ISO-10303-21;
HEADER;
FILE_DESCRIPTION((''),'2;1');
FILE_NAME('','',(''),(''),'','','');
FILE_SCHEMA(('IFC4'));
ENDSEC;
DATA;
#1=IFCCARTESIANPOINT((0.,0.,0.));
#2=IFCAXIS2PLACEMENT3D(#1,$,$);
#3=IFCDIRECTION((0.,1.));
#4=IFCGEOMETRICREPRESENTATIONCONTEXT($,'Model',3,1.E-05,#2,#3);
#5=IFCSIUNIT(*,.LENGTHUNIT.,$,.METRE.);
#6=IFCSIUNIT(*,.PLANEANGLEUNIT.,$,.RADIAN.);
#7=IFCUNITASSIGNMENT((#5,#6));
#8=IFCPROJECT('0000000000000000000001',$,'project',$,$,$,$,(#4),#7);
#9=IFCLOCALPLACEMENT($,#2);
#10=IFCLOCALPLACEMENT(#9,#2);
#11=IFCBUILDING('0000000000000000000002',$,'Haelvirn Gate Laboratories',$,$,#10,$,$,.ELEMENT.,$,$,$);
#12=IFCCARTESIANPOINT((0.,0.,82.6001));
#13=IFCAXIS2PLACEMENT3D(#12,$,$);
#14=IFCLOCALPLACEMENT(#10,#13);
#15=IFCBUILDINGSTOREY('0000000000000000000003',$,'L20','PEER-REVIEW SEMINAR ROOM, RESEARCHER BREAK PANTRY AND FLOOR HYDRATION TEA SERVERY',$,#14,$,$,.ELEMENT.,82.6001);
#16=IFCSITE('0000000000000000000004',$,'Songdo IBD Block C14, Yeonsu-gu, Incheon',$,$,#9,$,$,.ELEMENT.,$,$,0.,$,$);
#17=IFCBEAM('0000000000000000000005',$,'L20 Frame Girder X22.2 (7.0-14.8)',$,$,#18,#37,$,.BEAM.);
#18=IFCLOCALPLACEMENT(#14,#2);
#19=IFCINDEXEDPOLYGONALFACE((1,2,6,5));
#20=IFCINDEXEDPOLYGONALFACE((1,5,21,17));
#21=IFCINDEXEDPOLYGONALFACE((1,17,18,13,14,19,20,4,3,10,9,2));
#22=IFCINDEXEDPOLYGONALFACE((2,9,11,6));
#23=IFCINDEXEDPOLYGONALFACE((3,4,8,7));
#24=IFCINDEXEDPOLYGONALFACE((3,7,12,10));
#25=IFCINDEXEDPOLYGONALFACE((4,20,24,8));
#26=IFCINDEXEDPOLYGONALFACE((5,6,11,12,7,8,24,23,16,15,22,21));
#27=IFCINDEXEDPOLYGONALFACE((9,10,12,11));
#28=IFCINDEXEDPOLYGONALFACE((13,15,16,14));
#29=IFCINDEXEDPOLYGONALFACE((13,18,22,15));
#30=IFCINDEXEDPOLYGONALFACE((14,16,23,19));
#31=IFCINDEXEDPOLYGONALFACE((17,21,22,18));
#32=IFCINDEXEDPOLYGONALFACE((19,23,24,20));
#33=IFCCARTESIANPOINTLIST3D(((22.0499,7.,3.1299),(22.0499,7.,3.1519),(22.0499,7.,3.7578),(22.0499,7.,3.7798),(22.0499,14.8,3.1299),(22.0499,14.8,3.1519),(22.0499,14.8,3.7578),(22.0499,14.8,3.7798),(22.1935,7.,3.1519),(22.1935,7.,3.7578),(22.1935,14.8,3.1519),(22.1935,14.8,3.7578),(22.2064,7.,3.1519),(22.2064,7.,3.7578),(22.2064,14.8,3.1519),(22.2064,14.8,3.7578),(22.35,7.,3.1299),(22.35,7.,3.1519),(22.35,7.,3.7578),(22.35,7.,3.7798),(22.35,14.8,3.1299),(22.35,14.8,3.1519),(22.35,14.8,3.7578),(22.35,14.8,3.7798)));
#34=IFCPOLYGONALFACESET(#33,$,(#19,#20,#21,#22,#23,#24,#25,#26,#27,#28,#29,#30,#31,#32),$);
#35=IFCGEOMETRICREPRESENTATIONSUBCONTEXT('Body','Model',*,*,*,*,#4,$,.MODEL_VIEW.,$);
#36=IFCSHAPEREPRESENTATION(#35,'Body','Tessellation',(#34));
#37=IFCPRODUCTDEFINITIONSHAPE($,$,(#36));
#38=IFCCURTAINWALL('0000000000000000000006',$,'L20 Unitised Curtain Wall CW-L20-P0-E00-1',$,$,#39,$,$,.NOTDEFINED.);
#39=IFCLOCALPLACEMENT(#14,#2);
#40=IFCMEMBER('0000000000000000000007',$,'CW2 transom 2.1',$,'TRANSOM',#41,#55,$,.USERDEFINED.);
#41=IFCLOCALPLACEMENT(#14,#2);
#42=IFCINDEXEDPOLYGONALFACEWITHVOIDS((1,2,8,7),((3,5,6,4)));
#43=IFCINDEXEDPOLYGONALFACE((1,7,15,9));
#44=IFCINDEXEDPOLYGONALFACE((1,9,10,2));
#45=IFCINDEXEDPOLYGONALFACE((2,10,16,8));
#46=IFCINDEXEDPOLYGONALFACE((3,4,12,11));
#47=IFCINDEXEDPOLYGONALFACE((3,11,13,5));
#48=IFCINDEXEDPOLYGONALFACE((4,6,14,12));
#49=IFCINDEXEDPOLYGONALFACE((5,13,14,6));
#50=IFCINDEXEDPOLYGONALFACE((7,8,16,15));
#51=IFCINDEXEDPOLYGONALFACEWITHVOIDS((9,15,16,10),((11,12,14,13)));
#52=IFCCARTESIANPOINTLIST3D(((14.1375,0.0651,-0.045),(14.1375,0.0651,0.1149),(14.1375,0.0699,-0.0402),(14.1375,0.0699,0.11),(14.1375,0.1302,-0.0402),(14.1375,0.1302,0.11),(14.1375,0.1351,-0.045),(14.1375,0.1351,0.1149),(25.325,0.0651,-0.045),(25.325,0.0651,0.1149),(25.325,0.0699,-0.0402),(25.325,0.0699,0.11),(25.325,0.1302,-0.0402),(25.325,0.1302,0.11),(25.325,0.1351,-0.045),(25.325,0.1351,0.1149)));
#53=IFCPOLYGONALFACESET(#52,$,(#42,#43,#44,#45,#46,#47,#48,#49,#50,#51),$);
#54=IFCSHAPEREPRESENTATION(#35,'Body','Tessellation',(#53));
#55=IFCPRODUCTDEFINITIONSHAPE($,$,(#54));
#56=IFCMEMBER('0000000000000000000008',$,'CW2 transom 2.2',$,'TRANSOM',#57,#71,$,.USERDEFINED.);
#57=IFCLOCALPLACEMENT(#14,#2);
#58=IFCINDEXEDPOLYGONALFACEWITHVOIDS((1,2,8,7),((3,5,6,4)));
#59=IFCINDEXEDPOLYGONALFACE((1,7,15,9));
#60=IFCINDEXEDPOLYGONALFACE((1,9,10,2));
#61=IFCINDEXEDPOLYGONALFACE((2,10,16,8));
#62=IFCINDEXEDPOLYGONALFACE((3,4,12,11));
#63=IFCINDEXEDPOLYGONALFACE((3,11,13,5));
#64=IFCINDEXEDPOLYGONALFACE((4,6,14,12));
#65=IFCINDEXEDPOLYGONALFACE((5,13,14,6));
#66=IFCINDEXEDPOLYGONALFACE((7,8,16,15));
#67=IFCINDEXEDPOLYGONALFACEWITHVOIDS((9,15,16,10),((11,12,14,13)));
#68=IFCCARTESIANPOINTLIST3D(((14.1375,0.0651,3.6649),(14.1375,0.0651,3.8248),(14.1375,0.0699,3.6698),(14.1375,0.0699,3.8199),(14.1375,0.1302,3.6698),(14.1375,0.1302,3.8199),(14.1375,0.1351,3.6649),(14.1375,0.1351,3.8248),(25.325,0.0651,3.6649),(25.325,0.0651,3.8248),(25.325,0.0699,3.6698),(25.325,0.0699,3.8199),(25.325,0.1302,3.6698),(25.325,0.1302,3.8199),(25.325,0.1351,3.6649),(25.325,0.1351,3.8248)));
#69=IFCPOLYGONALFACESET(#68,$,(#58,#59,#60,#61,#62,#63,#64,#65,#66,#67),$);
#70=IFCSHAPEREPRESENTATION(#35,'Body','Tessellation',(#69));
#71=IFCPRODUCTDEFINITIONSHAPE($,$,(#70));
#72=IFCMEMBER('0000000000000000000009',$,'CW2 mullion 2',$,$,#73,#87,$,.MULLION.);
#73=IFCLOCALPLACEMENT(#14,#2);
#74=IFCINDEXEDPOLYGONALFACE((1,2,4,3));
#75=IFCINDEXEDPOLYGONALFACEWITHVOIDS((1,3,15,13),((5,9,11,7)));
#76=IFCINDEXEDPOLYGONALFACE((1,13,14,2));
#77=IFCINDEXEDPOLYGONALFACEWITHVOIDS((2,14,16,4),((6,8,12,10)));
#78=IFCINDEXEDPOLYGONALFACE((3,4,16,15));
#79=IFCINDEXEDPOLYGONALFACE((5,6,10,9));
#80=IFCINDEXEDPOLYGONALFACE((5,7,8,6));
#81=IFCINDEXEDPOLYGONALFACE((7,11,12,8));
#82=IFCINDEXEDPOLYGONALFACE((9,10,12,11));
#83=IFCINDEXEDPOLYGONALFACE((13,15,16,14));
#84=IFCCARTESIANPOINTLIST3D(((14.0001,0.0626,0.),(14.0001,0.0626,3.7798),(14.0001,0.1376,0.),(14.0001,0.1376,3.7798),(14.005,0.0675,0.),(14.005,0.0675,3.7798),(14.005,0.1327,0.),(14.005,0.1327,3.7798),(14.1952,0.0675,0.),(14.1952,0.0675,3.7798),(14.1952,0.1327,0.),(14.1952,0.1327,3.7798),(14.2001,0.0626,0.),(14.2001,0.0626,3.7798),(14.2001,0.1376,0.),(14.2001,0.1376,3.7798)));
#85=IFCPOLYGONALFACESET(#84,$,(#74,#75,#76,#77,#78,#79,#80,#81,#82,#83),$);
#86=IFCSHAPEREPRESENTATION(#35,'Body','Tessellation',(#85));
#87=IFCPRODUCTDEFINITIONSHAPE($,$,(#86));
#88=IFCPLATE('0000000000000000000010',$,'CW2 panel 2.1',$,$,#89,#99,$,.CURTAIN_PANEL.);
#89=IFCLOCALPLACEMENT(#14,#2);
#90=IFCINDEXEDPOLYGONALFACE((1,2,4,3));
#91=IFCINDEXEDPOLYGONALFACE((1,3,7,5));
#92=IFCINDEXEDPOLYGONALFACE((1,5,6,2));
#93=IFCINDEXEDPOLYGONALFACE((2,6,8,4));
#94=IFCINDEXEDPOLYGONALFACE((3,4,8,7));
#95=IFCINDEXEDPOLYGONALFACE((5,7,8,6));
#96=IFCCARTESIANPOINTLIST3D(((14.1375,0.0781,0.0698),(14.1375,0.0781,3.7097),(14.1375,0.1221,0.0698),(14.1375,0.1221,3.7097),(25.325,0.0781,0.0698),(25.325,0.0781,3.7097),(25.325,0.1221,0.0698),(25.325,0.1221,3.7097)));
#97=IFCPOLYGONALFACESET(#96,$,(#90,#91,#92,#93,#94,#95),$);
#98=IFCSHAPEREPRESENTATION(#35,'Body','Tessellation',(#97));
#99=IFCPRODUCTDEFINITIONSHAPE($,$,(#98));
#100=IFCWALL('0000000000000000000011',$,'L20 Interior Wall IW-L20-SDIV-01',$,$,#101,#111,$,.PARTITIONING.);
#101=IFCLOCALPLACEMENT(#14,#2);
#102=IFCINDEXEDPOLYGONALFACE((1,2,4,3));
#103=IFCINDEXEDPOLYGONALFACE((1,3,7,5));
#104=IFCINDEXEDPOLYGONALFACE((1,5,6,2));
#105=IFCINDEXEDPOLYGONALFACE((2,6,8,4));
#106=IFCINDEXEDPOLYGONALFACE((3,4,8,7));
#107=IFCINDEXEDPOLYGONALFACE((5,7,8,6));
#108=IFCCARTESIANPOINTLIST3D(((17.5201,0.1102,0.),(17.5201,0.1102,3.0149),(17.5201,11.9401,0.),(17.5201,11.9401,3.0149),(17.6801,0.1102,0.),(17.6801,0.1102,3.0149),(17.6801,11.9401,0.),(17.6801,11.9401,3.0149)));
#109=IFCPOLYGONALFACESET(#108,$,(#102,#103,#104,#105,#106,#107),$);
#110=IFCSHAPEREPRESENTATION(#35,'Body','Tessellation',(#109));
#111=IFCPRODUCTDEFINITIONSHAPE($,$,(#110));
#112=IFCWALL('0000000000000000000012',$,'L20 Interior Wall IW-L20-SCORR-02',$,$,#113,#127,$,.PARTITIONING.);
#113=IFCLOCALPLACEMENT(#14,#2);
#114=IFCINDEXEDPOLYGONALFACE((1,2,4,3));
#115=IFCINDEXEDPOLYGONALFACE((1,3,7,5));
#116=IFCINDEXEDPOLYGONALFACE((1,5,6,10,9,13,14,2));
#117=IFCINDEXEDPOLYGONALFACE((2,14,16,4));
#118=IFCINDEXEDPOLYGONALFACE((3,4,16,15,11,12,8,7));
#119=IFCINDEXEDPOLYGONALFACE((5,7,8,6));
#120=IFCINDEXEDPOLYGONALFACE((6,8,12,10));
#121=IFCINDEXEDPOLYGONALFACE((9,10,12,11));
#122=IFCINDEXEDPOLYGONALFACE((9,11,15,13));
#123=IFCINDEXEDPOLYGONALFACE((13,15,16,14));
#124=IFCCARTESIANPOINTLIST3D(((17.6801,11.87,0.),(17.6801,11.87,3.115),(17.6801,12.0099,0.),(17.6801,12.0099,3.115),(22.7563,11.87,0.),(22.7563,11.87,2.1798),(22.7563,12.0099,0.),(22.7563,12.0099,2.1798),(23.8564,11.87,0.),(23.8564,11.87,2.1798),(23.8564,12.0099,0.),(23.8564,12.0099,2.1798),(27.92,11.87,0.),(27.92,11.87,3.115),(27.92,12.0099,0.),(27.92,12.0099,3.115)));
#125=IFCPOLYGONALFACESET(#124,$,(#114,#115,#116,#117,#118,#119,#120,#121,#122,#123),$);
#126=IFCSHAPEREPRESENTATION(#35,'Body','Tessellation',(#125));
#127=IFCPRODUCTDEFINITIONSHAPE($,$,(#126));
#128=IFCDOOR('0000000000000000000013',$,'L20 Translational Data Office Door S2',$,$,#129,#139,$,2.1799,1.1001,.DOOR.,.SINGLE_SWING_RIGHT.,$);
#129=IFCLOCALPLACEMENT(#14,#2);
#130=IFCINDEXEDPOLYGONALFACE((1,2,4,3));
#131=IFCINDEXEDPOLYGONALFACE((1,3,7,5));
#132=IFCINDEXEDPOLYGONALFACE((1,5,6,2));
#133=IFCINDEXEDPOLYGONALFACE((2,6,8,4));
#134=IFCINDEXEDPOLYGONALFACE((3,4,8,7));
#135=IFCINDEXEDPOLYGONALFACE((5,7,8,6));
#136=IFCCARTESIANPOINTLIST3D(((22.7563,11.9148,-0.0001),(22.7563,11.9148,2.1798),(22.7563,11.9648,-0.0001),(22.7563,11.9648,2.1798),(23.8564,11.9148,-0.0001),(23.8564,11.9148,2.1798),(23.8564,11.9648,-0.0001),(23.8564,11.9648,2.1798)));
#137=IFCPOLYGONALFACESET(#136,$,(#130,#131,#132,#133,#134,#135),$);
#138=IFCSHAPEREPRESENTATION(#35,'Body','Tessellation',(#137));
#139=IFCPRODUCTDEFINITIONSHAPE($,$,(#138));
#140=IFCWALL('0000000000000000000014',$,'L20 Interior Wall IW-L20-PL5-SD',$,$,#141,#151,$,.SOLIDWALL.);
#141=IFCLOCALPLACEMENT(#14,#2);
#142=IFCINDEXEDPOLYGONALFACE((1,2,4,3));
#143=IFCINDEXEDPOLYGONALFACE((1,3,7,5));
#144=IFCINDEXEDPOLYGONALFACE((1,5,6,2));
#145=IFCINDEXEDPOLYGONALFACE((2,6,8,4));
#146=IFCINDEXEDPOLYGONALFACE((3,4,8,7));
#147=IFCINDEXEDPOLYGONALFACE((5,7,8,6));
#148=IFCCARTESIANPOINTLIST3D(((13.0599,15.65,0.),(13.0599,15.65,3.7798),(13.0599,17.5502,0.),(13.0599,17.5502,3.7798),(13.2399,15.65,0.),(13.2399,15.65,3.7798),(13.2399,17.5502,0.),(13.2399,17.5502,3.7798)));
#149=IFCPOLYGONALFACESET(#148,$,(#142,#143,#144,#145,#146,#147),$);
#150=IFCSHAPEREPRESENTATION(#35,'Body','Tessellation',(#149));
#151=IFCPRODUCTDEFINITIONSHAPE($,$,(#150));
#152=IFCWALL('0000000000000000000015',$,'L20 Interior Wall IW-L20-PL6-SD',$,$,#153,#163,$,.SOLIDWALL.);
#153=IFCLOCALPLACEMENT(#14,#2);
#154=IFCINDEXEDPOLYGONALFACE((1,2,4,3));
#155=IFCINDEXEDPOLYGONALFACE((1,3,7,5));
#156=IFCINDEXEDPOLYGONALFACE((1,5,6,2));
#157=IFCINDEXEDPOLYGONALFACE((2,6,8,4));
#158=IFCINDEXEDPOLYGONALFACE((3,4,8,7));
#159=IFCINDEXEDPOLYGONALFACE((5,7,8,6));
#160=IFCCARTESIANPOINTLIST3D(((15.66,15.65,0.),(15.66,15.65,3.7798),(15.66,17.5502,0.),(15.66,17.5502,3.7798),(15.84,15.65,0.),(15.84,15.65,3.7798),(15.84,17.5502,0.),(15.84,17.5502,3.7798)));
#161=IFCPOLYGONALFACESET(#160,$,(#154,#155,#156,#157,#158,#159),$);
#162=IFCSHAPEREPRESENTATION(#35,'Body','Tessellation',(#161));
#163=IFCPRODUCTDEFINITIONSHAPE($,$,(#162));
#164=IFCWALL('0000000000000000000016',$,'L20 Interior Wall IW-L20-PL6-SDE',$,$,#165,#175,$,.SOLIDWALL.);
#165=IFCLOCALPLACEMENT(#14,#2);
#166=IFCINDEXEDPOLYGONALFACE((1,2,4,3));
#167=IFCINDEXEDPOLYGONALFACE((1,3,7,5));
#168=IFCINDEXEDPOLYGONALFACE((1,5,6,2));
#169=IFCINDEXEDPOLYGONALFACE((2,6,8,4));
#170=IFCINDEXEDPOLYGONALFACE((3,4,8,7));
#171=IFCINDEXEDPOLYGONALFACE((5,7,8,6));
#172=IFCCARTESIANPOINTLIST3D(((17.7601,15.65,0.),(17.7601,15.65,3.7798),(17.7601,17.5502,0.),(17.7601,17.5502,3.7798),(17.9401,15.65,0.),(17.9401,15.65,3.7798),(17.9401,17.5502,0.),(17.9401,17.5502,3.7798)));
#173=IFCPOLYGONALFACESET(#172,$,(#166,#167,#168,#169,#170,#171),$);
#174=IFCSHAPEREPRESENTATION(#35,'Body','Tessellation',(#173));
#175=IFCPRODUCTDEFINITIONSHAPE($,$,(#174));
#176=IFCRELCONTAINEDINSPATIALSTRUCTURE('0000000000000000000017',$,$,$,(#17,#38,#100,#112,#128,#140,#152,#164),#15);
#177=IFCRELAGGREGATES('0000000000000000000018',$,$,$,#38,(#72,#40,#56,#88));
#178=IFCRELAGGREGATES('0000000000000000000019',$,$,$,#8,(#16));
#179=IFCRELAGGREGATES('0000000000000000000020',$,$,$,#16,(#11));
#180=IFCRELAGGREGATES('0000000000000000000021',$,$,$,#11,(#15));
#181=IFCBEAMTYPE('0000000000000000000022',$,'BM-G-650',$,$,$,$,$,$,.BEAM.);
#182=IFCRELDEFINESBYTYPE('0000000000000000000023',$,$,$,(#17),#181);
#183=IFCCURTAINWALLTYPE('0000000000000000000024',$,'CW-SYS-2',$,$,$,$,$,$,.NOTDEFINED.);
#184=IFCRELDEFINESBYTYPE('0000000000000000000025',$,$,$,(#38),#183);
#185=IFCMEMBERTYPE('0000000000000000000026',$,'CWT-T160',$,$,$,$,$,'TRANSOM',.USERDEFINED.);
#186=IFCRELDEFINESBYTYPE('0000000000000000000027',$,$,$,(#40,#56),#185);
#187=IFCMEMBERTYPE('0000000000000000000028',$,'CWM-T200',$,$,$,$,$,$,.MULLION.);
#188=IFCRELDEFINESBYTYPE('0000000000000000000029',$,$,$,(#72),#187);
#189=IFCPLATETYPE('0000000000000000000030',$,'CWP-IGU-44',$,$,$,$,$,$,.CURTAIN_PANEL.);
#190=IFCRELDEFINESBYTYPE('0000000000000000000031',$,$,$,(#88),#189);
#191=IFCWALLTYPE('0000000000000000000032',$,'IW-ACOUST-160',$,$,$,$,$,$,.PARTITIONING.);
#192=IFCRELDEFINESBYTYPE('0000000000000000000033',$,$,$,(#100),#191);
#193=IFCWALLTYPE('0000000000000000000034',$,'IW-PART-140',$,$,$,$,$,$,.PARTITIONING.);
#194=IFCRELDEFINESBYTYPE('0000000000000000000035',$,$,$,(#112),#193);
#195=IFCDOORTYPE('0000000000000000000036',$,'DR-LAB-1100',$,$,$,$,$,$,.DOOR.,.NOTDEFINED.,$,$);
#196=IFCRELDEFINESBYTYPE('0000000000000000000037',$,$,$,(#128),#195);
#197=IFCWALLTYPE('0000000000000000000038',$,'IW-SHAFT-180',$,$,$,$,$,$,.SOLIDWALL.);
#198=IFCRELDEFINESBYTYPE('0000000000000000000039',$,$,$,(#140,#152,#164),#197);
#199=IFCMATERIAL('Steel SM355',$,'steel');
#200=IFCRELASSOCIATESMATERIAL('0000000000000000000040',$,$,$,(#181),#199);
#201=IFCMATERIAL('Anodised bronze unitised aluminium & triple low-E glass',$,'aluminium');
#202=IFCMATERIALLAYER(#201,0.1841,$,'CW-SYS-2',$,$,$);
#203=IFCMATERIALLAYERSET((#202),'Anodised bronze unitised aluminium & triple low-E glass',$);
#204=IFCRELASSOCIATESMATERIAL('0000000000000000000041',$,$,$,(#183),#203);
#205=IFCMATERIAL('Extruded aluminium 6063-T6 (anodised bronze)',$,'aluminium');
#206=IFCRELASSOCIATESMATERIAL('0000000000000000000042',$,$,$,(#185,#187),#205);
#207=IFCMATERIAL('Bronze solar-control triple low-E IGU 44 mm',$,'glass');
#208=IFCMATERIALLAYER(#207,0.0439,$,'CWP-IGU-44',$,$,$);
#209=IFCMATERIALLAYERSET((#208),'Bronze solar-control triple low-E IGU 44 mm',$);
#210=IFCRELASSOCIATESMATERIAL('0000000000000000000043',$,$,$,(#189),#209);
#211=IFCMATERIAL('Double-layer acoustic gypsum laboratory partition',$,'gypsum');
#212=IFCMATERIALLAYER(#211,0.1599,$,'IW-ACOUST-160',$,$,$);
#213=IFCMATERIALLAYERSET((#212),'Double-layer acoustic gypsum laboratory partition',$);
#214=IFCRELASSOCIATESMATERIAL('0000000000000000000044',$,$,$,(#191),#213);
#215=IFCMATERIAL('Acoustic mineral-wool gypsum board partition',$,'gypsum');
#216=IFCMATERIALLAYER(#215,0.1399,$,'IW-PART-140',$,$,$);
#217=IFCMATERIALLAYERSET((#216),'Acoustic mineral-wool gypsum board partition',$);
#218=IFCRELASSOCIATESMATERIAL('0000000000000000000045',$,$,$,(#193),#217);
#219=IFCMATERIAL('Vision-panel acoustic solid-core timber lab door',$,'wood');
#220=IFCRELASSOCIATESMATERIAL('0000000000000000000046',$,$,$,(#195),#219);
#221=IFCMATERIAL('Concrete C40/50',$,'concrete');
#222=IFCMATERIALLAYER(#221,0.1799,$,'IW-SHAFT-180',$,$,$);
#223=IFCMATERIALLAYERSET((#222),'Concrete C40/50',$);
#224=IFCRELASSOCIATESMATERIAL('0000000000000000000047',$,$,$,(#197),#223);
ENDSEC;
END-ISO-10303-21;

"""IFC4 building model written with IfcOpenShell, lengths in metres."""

from ifc_helpers import new_model, si_unit, direction, frame, frame_2d, origin, origin_2d, place, context, subcontext, project, spatial, rectangle, hollow_rectangle, i_section, extrude, source, transform, mapped, material, layer, layer_set, material_profile, profile_set, type_object, type_shapes, element, fill, aggregate, save


model = new_model("IFC4")

# Units and contexts
model_context = context("Model", 3, precision=1e-05, world=origin(), true_north=direction((0.0, 1.0)))
body_context = subcontext(model_context, "Body", "Model", "MODEL_VIEW")
ifc_project = project(units=[si_unit("LENGTHUNIT", "METRE"), si_unit("PLANEANGLEUNIT", "RADIAN")], contexts=[model_context])

# Site, building, storey
site_placement = place(None, origin())
site = spatial("IfcSite", under=ifc_project, at=site_placement, Name="Songdo IBD Block C14, Yeonsu-gu, Incheon", CompositionType="ELEMENT", RefElevation=0.0)
building_placement = place(site_placement, origin())
building = spatial("IfcBuilding", under=site, at=building_placement, Name="Haelvirn Gate Laboratories", CompositionType="ELEMENT")
storey_placement = place(building_placement, frame((0.0, 0.0, 82.6001)))
storey = spatial("IfcBuildingStorey", under=building, at=storey_placement, Name="L20", Description="PEER-REVIEW SEMINAR ROOM, RESEARCHER BREAK PANTRY AND FLOOR HYDRATION TEA SERVERY", CompositionType="ELEMENT", Elevation=82.6001)

# Beam
ifc_material_1 = material(Name="Steel SM355", Category="steel")
ifc_material_profile_1 = material_profile(ifc_material_1, i_section(OverallWidth=0.3, OverallDepth=0.6499, WebThickness=0.0129, FlangeThickness=0.022, at=origin_2d()), Name="H-650x300x13x22")
ifc_profile_set_1 = profile_set([ifc_material_profile_1], Name="Steel SM355")
beam_type_1 = type_object("IfcBeamType", Name="BM-G-650", PredefinedType="BEAM", material=ifc_profile_set_1)
shared_shape_1 = source(origin(), body_context, "Body", "SweptSolid", [
    extrude(i_section(OverallWidth=0.3, OverallDepth=0.6499, WebThickness=0.0129, FlangeThickness=0.022, at=origin_2d()), origin(), (0.0, 0.0, 1.0), 7.8),
])
beam_1_placement = place(storey_placement, frame((22.2, 7.0, 3.4548), z_axis=(0.0, 1.0, 0.0), x_axis=(-1.0, 0.0, 0.0)))
element("IfcBeam", 1, at=beam_1_placement, inside=storey, type_object=beam_type_1, Name="L20 Frame Girder X22.2 (7.0-14.8)", PredefinedType="BEAM", context=body_context, shape_type="MappedRepresentation", body=[
    mapped(shared_shape_1, transform((0.0, 0.0, 0.0), scale=1.0)),
])

# Curtain wall, members, plate
ifc_material_2 = material(Name="Anodised bronze unitised aluminium & triple low-E glass", Category="aluminium")
ifc_layer_1 = layer(ifc_material_2, 0.1841, Name="CW-SYS-2")
ifc_layer_set_1 = layer_set([ifc_layer_1], Name="Anodised bronze unitised aluminium & triple low-E glass")
curtain_wall_type = type_object("IfcCurtainWallType", Name="CW-SYS-2", PredefinedType="NOTDEFINED", material=ifc_layer_set_1)
curtain_wall_placement = place(storey_placement, origin())
curtain_wall = element("IfcCurtainWall", 2, at=curtain_wall_placement, inside=storey, type_object=curtain_wall_type, Name="L20 Unitised Curtain Wall CW-L20-P0-E00-1", PredefinedType="NOTDEFINED")
ifc_material_3 = material(Name="Extruded aluminium 6063-T6 (anodised bronze)", Category="aluminium")
ifc_material_profile_2 = material_profile(ifc_material_3, hollow_rectangle(XDim=0.0701, YDim=0.1599, WallThickness=0.0049, at=origin_2d()), Name="CWT-160x70x5")
ifc_profile_set_2 = profile_set([ifc_material_profile_2], Name="Extruded aluminium 6063-T6 (anodised bronze)")
member_type_1 = type_object("IfcMemberType", Name="CWT-T160", ElementType="TRANSOM", PredefinedType="USERDEFINED", material=ifc_profile_set_2)
shared_shape_2 = source(origin(), body_context, "Body", "SweptSolid", [
    extrude(hollow_rectangle(XDim=0.0701, YDim=0.1599, WallThickness=0.0049, at=origin_2d()), origin(), (0.0, 0.0, 1.0), 11.1875),
])
type_shapes(member_type_1, [shared_shape_2])
member_1_placement = place(storey_placement, frame((14.1375, 0.1001, 0.0349), z_axis=(1.0, 0.0, 0.0), x_axis=(0.0, 1.0, 0.0)))
member_1 = element("IfcMember", 3, at=member_1_placement, type_object=member_type_1, Name="CW2 transom 2.1", ObjectType="TRANSOM", PredefinedType="USERDEFINED", context=body_context, shape_type="MappedRepresentation", body=[
    mapped(shared_shape_2, transform((0.0, 0.0, 0.0), scale=1.0)),
])
member_2_placement = place(storey_placement, frame((14.1375, 0.1001, 3.7449), z_axis=(1.0, 0.0, 0.0), x_axis=(0.0, 1.0, 0.0)))
member_2 = element("IfcMember", 4, at=member_2_placement, type_object=member_type_1, Name="CW2 transom 2.2", ObjectType="TRANSOM", PredefinedType="USERDEFINED", context=body_context, shape_type="MappedRepresentation", body=[
    mapped(shared_shape_2, transform((0.0, 0.0, 0.0), scale=1.0)),
])
ifc_material_profile_3 = material_profile(ifc_material_3, hollow_rectangle(XDim=0.075, YDim=0.2, WallThickness=0.0049, at=origin_2d()), Name="CWM-200x75x5")
ifc_profile_set_3 = profile_set([ifc_material_profile_3], Name="Extruded aluminium 6063-T6 (anodised bronze)")
member_type_2 = type_object("IfcMemberType", Name="CWM-T200", PredefinedType="MULLION", material=ifc_profile_set_3)
shared_shape_3 = source(origin(), body_context, "Body", "SweptSolid", [
    extrude(hollow_rectangle(XDim=0.075, YDim=0.2, WallThickness=0.0049, at=origin_2d()), origin(), (0.0, 0.0, 1.0), 3.7798),
])
type_shapes(member_type_2, [shared_shape_3])
member_3_placement = place(storey_placement, frame((14.1001, 0.1001, 0.0), z_axis=(0.0, 0.0, 1.0), x_axis=(0.0, 1.0, 0.0)))
member_3 = element("IfcMember", 5, at=member_3_placement, type_object=member_type_2, Name="CW2 mullion 2", PredefinedType="MULLION", context=body_context, shape_type="MappedRepresentation", body=[
    mapped(shared_shape_3, transform((0.0, 0.0, 0.0), scale=1.0)),
])
ifc_material_4 = material(Name="Bronze solar-control triple low-E IGU 44 mm", Category="glass")
ifc_layer_2 = layer(ifc_material_4, 0.0439, Name="CWP-IGU-44")
ifc_layer_set_2 = layer_set([ifc_layer_2], Name="Bronze solar-control triple low-E IGU 44 mm")
plate_type = type_object("IfcPlateType", Name="CWP-IGU-44", PredefinedType="CURTAIN_PANEL", material=ifc_layer_set_2)
shared_shape_4 = source(origin(), body_context, "Body", "SweptSolid", [
    extrude(rectangle(XDim=11.1875, YDim=0.0439, at=origin_2d()), origin(), (0.0, 0.0, 1.0), 3.6399),
])
type_shapes(plate_type, [shared_shape_4])
plate_placement = place(storey_placement, frame((19.7312, 0.1001, 0.0698), z_axis=(0.0, 0.0, 1.0), x_axis=(1.0, 0.0, 0.0)))
plate = element("IfcPlate", 6, at=plate_placement, type_object=plate_type, Name="CW2 panel 2.1", PredefinedType="CURTAIN_PANEL", context=body_context, shape_type="MappedRepresentation", body=[
    mapped(shared_shape_4, transform((0.0, 0.0, 0.0), scale=1.0)),
])
aggregate(curtain_wall, [member_3, member_1, member_2, plate])

# Wall
ifc_material_5 = material(Name="Double-layer acoustic gypsum laboratory partition", Category="gypsum")
ifc_layer_3 = layer(ifc_material_5, 0.1599, Name="IW-ACOUST-160")
ifc_layer_set_3 = layer_set([ifc_layer_3], Name="Double-layer acoustic gypsum laboratory partition")
wall_type_1 = type_object("IfcWallType", Name="IW-ACOUST-160", PredefinedType="PARTITIONING", material=ifc_layer_set_3)
wall_1_placement = place(storey_placement, frame((17.6001, 0.1101, 0.0), z_axis=(0.0, 0.0, 1.0), x_axis=(0.0, 1.0, 0.0)))
element("IfcWall", 7, at=wall_1_placement, inside=storey, type_object=wall_type_1, Name="L20 Interior Wall IW-L20-SDIV-01", PredefinedType="PARTITIONING", context=body_context, shape_type="SweptSolid", body=[
    extrude(rectangle(XDim=11.8298, YDim=0.1599, at=frame_2d((5.915, 0.0))), origin(), (0.0, 0.0, 1.0), 3.0149),
])

# Wall, opening, door
ifc_material_6 = material(Name="Acoustic mineral-wool gypsum board partition", Category="gypsum")
ifc_layer_4 = layer(ifc_material_6, 0.1399, Name="IW-PART-140")
ifc_layer_set_4 = layer_set([ifc_layer_4], Name="Acoustic mineral-wool gypsum board partition")
wall_type_2 = type_object("IfcWallType", Name="IW-PART-140", PredefinedType="PARTITIONING", material=ifc_layer_set_4)
wall_2_placement = place(storey_placement, frame((17.6799, 11.9399, 0.0), z_axis=(0.0, 0.0, 1.0), x_axis=(1.0, 0.0, 0.0)))
wall_2 = element("IfcWall", 8, at=wall_2_placement, inside=storey, type_object=wall_type_2, Name="L20 Interior Wall IW-L20-SCORR-02", PredefinedType="PARTITIONING", context=body_context, shape_type="SweptSolid", body=[
    extrude(rectangle(XDim=10.24, YDim=0.1399, at=frame_2d((5.1201, 0.0))), origin(), (0.0, 0.0, 1.0), 3.115),
])
opening_placement = place(wall_2_placement, frame((5.0764, 0.0, 0.0)))
opening = element("IfcOpeningElement", 9, at=opening_placement, cuts=wall_2, PredefinedType="OPENING", context=body_context, shape_type="SweptSolid", body=[
    extrude(rectangle(XDim=1.1001, YDim=2.1799, at=frame_2d((0.55, 1.0898))), frame((0.0, 0.0801, 0.0), z_axis=(0.0, -1.0, 0.0), x_axis=(1.0, 0.0, 0.0)), (0.0, 0.0, 1.0), 0.1599),
])
ifc_material_7 = material(Name="Vision-panel acoustic solid-core timber lab door", Category="wood")
door_type = type_object("IfcDoorType", Name="DR-LAB-1100", OperationType="NOTDEFINED", PredefinedType="DOOR", material=ifc_material_7)
shared_shape_5 = source(origin(), body_context, "Body", "SweptSolid", [
    extrude(rectangle(XDim=1.1001, YDim=2.1799, at=frame_2d((0.55, 1.0898))), frame((0.0, 0.0249, 0.0), z_axis=(0.0, -1.0, 0.0), x_axis=(1.0, 0.0, 0.0)), (0.0, 0.0, 1.0), 0.05),
])
type_shapes(door_type, [shared_shape_5])
door_placement = place(opening_placement, origin())
door = element("IfcDoor", 10, at=door_placement, inside=storey, type_object=door_type, Name="L20 Translational Data Office Door S2", OperationType="SINGLE_SWING_RIGHT", OverallHeight=2.1799, OverallWidth=1.1001, PredefinedType="DOOR", context=body_context, shape_type="MappedRepresentation", body=[
    mapped(shared_shape_5, transform((0.0, 0.0, 0.0), scale=1.0)),
])
fill(opening, door)

# Walls
ifc_material_8 = material(Name="Concrete C40/50", Category="concrete")
ifc_layer_5 = layer(ifc_material_8, 0.1799, Name="IW-SHAFT-180")
ifc_layer_set_5 = layer_set([ifc_layer_5], Name="Concrete C40/50")
wall_type_3 = type_object("IfcWallType", Name="IW-SHAFT-180", PredefinedType="SOLIDWALL", material=ifc_layer_set_5)
for number, where, z_axis, x_axis, name in (
    (11, (13.1499, 15.6499, 0.0), (0.0, 0.0, 1.0), (0.0, 1.0, 0.0), "L20 Interior Wall IW-L20-PL5-SD"),
    (12, (15.75, 15.6499, 0.0), (0.0, 0.0, 1.0), (0.0, 1.0, 0.0), "L20 Interior Wall IW-L20-PL6-SD"),
    (13, (17.8501, 15.6499, 0.0), (0.0, 0.0, 1.0), (0.0, 1.0, 0.0), "L20 Interior Wall IW-L20-PL6-SDE"),
):
    element("IfcWall", number, at=place(storey_placement, frame(where, z_axis=z_axis, x_axis=x_axis)), inside=storey, type_object=wall_type_3, Name=name, PredefinedType="SOLIDWALL", context=body_context, shape_type="SweptSolid", body=[
        extrude(rectangle(XDim=1.9001, YDim=0.1799, at=frame_2d((0.9502, 0.0))), origin(), (0.0, 0.0, 1.0), 3.7798),
    ])

save(model, "model.ifc")
